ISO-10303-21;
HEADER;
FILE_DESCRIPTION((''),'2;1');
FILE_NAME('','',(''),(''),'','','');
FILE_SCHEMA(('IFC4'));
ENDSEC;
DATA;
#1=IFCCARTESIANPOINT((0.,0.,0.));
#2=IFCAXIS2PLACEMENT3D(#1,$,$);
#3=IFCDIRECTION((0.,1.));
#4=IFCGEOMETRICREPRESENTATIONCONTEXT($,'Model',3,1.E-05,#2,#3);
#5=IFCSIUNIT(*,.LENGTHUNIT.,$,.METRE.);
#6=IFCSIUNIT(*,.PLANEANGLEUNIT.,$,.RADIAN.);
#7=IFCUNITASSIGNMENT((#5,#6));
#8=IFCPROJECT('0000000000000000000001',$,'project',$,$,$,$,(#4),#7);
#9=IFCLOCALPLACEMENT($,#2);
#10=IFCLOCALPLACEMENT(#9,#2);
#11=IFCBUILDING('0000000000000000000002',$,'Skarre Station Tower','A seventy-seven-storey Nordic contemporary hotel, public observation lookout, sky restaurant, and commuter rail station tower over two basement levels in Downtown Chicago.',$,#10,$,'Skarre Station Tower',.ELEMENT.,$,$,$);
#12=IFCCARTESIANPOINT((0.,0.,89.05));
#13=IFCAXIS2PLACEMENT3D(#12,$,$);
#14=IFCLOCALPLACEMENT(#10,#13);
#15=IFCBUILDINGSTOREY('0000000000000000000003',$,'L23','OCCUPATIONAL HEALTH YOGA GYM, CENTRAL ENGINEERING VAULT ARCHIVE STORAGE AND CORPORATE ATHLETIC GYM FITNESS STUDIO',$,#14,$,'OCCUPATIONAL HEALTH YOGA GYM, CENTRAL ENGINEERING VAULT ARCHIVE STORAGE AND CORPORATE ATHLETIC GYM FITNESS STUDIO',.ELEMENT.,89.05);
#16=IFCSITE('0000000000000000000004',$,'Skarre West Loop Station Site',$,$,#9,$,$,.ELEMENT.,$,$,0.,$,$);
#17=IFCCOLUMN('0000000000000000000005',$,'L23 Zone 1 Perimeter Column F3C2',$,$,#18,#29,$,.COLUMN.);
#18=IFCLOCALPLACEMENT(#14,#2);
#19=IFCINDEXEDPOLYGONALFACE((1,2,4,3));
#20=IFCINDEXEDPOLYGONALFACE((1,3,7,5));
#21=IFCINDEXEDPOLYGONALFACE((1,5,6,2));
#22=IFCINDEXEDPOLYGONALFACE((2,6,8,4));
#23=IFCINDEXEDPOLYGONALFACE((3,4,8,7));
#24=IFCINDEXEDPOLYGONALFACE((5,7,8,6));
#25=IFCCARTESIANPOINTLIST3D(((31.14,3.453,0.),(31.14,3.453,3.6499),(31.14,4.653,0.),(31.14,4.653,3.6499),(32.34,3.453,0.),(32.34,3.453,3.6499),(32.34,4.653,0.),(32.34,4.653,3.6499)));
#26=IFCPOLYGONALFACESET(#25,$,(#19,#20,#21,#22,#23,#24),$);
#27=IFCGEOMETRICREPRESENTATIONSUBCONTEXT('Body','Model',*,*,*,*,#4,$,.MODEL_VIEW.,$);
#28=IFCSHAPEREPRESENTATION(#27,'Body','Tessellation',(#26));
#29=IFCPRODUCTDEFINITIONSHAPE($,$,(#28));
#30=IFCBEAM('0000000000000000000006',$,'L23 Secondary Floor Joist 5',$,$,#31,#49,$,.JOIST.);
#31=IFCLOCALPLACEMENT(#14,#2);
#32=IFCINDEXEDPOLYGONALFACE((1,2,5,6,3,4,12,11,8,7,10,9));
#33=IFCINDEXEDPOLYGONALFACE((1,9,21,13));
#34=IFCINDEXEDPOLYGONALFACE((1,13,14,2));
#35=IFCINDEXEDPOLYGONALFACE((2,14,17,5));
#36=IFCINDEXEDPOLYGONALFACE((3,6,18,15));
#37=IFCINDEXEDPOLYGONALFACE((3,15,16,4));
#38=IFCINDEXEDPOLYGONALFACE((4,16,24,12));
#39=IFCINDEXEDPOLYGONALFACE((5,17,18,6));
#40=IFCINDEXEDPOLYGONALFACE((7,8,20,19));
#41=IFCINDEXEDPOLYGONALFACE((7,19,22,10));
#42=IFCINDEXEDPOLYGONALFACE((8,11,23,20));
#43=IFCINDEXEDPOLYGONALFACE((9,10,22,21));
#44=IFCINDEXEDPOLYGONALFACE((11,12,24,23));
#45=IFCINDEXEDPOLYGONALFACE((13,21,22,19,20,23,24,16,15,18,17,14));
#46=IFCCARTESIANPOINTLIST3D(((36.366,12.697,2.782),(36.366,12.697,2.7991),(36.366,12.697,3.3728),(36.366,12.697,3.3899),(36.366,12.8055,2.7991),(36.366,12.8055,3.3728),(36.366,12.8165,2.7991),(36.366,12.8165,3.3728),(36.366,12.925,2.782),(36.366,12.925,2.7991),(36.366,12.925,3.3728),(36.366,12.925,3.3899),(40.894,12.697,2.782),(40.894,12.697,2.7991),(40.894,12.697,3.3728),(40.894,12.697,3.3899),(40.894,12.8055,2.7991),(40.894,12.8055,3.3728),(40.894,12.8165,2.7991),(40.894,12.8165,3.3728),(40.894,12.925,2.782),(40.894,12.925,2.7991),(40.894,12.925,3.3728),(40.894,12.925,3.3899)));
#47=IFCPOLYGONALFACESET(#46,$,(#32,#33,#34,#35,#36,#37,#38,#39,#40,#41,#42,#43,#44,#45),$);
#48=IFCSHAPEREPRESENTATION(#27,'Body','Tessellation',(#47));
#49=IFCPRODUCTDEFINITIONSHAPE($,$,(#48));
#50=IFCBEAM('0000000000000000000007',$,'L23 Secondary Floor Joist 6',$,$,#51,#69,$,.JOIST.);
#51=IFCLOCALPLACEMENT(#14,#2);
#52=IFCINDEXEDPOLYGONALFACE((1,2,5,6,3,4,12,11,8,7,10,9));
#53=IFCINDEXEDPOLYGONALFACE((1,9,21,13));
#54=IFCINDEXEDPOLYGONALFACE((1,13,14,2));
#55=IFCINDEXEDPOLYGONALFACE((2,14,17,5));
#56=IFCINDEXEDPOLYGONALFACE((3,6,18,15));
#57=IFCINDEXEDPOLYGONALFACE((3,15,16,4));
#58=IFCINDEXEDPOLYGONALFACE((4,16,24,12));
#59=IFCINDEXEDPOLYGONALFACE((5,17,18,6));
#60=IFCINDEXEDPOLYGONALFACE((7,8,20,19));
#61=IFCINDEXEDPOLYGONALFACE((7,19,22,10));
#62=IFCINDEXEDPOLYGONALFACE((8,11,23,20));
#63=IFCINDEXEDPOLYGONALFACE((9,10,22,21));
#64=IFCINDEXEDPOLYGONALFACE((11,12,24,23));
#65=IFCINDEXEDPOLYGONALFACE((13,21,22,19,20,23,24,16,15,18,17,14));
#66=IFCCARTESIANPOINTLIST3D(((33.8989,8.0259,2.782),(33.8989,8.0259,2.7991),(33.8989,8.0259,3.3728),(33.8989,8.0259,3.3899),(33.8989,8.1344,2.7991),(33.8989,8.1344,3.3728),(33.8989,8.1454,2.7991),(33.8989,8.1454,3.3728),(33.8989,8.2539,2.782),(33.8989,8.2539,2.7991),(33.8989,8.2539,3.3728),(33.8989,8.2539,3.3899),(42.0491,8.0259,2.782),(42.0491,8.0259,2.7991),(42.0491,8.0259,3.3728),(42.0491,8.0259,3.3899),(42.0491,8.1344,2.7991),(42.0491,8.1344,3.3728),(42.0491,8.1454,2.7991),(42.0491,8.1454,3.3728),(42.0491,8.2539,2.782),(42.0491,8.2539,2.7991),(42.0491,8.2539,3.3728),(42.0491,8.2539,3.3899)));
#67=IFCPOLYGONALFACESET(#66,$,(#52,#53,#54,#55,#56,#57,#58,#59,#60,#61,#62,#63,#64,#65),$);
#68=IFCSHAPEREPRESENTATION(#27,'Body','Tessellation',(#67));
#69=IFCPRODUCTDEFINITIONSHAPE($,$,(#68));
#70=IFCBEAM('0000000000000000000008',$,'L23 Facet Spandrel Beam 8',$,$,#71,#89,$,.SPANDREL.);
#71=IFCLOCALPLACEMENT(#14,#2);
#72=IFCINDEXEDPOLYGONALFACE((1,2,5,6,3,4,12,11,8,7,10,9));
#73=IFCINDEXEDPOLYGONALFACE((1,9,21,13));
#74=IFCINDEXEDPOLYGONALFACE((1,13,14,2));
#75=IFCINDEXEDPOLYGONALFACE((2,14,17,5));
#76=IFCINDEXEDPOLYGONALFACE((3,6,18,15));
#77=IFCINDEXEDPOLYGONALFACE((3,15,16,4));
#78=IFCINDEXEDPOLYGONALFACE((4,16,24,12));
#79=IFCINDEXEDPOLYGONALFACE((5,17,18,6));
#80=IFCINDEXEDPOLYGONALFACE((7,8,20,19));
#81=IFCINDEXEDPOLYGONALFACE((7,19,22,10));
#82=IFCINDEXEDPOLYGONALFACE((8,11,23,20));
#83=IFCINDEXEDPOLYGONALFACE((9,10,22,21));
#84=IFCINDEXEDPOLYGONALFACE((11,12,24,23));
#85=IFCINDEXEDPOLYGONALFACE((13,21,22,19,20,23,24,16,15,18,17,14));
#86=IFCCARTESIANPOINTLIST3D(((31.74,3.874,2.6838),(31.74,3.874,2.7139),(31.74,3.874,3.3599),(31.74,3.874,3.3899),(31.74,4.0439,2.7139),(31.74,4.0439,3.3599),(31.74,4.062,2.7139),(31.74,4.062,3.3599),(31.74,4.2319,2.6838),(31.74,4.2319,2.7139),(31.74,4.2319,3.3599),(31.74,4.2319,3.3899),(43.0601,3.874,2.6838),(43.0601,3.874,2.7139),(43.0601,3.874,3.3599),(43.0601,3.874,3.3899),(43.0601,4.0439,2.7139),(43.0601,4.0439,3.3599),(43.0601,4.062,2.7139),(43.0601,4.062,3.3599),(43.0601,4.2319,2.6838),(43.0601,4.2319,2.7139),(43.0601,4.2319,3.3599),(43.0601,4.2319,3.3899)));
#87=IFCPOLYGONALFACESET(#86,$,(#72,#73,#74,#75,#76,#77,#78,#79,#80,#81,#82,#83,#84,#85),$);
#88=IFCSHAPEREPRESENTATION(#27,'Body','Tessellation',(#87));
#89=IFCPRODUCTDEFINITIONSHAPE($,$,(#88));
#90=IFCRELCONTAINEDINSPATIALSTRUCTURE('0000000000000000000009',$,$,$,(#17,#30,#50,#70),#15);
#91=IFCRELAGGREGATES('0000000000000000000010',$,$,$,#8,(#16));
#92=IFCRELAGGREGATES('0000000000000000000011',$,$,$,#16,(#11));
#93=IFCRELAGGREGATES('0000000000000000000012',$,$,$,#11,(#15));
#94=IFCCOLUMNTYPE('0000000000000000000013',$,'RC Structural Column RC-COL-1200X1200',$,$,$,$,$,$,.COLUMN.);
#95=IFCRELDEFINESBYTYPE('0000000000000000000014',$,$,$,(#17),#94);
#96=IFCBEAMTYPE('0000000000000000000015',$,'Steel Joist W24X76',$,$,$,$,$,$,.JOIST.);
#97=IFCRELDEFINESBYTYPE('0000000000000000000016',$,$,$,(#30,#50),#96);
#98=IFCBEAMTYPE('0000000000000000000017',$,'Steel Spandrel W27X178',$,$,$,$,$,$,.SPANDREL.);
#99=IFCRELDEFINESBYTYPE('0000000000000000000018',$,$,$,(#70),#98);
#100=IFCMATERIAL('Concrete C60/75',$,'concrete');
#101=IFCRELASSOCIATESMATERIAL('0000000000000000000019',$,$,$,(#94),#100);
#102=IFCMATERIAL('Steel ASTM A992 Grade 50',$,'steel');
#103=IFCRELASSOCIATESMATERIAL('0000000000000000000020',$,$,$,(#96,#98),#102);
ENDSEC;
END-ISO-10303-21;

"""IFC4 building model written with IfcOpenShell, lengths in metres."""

from ifc_helpers import new_model, si_unit, direction, frame, origin, origin_2d, place, context, subcontext, project, spatial, rectangle, i_section, extrude, material, material_profile, profile_set, type_object, element, save


model = new_model("IFC4")

# Units and contexts
model_context = context("Model", 3, precision=1e-05, world=origin(), true_north=direction((0.0, 1.0)))
body_context = subcontext(model_context, "Body", "Model", "MODEL_VIEW")
ifc_project = project(units=[si_unit("LENGTHUNIT", "METRE"), si_unit("PLANEANGLEUNIT", "RADIAN")], contexts=[model_context])

# Site, building, storey
site_placement = place(None, origin())
site = spatial("IfcSite", under=ifc_project, at=site_placement, Name="Skarre West Loop Station Site", CompositionType="ELEMENT", RefElevation=0.0)
building_placement = place(site_placement, origin())
building = spatial("IfcBuilding", under=site, at=building_placement, Name="Skarre Station Tower", Description="A seventy-seven-storey Nordic contemporary hotel, public observation lookout, sky restaurant, and commuter rail station tower over two basement levels in Downtown Chicago.", LongName="Skarre Station Tower", CompositionType="ELEMENT")
storey_placement = place(building_placement, frame((0.0, 0.0, 89.05)))
storey = spatial("IfcBuildingStorey", under=building, at=storey_placement, Name="L23", Description="OCCUPATIONAL HEALTH YOGA GYM, CENTRAL ENGINEERING VAULT ARCHIVE STORAGE AND CORPORATE ATHLETIC GYM FITNESS STUDIO", LongName="OCCUPATIONAL HEALTH YOGA GYM, CENTRAL ENGINEERING VAULT ARCHIVE STORAGE AND CORPORATE ATHLETIC GYM FITNESS STUDIO", CompositionType="ELEMENT", Elevation=89.05)

# Column
ifc_material_1 = material(Name="Concrete C60/75", Category="concrete")
ifc_material_profile_1 = material_profile(ifc_material_1, rectangle(XDim=1.2, YDim=1.2, at=origin_2d()), Name="Concrete C60/75")
ifc_profile_set_1 = profile_set([ifc_material_profile_1], Name="Concrete C60/75")
column_type = type_object("IfcColumnType", Name="RC Structural Column RC-COL-1200X1200", PredefinedType="COLUMN", material=ifc_profile_set_1)
column_placement = place(storey_placement, frame((31.74, 4.053, 0.0), z_axis=(0.0, 0.0, 1.0), x_axis=(1.0, 0.0, 0.0)))
element("IfcColumn", 1, at=column_placement, inside=storey, type_object=column_type, Name="L23 Zone 1 Perimeter Column F3C2", PredefinedType="COLUMN", context=body_context, shape_type="SweptSolid", body=[
    extrude(rectangle(XDim=1.2, YDim=1.2, at=origin_2d()), origin(), (0.0, 0.0, 1.0), 3.6499),
])

# Beams
ifc_material_2 = material(Name="Steel ASTM A992 Grade 50", Category="steel")
ifc_material_profile_2 = material_profile(ifc_material_2, i_section(OverallWidth=0.228, OverallDepth=0.6079, WebThickness=0.011, FlangeThickness=0.0171, at=origin_2d()), Name="Steel ASTM A992 Grade 50")
ifc_profile_set_2 = profile_set([ifc_material_profile_2], Name="Steel ASTM A992 Grade 50")
beam_type_1 = type_object("IfcBeamType", Name="Steel Joist W24X76", PredefinedType="JOIST", material=ifc_profile_set_2)
beam_1_placement = place(storey_placement, frame((36.366, 12.811, 3.0859), z_axis=(1.0, 0.0, 0.0), x_axis=(0.0, 1.0, 0.0)))
element("IfcBeam", 2, at=beam_1_placement, inside=storey, type_object=beam_type_1, Name="L23 Secondary Floor Joist 5", PredefinedType="JOIST", context=body_context, shape_type="SweptSolid", body=[
    extrude(i_section(OverallWidth=0.228, OverallDepth=0.6079, WebThickness=0.011, FlangeThickness=0.0171, at=origin_2d()), origin(), (0.0, 0.0, 1.0), 4.5281),
])
beam_2_placement = place(storey_placement, frame((33.8989, 8.1399, 3.0859), z_axis=(1.0, 0.0, 0.0), x_axis=(0.0, 1.0, 0.0)))
element("IfcBeam", 3, at=beam_2_placement, inside=storey, type_object=beam_type_1, Name="L23 Secondary Floor Joist 6", PredefinedType="JOIST", context=body_context, shape_type="SweptSolid", body=[
    extrude(i_section(OverallWidth=0.228, OverallDepth=0.6079, WebThickness=0.011, FlangeThickness=0.0171, at=origin_2d()), origin(), (0.0, 0.0, 1.0), 8.1501),
])
ifc_material_profile_3 = material_profile(ifc_material_2, i_section(OverallWidth=0.3579, OverallDepth=0.7061, WebThickness=0.0181, FlangeThickness=0.03, at=origin_2d()), Name="Steel ASTM A992 Grade 50")
ifc_profile_set_3 = profile_set([ifc_material_profile_3], Name="Steel ASTM A992 Grade 50")
beam_type_2 = type_object("IfcBeamType", Name="Steel Spandrel W27X178", PredefinedType="SPANDREL", material=ifc_profile_set_3)
beam_3_placement = place(storey_placement, frame((31.74, 4.053, 3.0369), z_axis=(1.0, 0.0, 0.0), x_axis=(0.0, 1.0, 0.0)))
element("IfcBeam", 4, at=beam_3_placement, inside=storey, type_object=beam_type_2, Name="L23 Facet Spandrel Beam 8", PredefinedType="SPANDREL", context=body_context, shape_type="SweptSolid", body=[
    extrude(i_section(OverallWidth=0.3579, OverallDepth=0.7061, WebThickness=0.0181, FlangeThickness=0.03, at=origin_2d()), origin(), (0.0, 0.0, 1.0), 11.3201),
])

save(model, "model.ifc")
